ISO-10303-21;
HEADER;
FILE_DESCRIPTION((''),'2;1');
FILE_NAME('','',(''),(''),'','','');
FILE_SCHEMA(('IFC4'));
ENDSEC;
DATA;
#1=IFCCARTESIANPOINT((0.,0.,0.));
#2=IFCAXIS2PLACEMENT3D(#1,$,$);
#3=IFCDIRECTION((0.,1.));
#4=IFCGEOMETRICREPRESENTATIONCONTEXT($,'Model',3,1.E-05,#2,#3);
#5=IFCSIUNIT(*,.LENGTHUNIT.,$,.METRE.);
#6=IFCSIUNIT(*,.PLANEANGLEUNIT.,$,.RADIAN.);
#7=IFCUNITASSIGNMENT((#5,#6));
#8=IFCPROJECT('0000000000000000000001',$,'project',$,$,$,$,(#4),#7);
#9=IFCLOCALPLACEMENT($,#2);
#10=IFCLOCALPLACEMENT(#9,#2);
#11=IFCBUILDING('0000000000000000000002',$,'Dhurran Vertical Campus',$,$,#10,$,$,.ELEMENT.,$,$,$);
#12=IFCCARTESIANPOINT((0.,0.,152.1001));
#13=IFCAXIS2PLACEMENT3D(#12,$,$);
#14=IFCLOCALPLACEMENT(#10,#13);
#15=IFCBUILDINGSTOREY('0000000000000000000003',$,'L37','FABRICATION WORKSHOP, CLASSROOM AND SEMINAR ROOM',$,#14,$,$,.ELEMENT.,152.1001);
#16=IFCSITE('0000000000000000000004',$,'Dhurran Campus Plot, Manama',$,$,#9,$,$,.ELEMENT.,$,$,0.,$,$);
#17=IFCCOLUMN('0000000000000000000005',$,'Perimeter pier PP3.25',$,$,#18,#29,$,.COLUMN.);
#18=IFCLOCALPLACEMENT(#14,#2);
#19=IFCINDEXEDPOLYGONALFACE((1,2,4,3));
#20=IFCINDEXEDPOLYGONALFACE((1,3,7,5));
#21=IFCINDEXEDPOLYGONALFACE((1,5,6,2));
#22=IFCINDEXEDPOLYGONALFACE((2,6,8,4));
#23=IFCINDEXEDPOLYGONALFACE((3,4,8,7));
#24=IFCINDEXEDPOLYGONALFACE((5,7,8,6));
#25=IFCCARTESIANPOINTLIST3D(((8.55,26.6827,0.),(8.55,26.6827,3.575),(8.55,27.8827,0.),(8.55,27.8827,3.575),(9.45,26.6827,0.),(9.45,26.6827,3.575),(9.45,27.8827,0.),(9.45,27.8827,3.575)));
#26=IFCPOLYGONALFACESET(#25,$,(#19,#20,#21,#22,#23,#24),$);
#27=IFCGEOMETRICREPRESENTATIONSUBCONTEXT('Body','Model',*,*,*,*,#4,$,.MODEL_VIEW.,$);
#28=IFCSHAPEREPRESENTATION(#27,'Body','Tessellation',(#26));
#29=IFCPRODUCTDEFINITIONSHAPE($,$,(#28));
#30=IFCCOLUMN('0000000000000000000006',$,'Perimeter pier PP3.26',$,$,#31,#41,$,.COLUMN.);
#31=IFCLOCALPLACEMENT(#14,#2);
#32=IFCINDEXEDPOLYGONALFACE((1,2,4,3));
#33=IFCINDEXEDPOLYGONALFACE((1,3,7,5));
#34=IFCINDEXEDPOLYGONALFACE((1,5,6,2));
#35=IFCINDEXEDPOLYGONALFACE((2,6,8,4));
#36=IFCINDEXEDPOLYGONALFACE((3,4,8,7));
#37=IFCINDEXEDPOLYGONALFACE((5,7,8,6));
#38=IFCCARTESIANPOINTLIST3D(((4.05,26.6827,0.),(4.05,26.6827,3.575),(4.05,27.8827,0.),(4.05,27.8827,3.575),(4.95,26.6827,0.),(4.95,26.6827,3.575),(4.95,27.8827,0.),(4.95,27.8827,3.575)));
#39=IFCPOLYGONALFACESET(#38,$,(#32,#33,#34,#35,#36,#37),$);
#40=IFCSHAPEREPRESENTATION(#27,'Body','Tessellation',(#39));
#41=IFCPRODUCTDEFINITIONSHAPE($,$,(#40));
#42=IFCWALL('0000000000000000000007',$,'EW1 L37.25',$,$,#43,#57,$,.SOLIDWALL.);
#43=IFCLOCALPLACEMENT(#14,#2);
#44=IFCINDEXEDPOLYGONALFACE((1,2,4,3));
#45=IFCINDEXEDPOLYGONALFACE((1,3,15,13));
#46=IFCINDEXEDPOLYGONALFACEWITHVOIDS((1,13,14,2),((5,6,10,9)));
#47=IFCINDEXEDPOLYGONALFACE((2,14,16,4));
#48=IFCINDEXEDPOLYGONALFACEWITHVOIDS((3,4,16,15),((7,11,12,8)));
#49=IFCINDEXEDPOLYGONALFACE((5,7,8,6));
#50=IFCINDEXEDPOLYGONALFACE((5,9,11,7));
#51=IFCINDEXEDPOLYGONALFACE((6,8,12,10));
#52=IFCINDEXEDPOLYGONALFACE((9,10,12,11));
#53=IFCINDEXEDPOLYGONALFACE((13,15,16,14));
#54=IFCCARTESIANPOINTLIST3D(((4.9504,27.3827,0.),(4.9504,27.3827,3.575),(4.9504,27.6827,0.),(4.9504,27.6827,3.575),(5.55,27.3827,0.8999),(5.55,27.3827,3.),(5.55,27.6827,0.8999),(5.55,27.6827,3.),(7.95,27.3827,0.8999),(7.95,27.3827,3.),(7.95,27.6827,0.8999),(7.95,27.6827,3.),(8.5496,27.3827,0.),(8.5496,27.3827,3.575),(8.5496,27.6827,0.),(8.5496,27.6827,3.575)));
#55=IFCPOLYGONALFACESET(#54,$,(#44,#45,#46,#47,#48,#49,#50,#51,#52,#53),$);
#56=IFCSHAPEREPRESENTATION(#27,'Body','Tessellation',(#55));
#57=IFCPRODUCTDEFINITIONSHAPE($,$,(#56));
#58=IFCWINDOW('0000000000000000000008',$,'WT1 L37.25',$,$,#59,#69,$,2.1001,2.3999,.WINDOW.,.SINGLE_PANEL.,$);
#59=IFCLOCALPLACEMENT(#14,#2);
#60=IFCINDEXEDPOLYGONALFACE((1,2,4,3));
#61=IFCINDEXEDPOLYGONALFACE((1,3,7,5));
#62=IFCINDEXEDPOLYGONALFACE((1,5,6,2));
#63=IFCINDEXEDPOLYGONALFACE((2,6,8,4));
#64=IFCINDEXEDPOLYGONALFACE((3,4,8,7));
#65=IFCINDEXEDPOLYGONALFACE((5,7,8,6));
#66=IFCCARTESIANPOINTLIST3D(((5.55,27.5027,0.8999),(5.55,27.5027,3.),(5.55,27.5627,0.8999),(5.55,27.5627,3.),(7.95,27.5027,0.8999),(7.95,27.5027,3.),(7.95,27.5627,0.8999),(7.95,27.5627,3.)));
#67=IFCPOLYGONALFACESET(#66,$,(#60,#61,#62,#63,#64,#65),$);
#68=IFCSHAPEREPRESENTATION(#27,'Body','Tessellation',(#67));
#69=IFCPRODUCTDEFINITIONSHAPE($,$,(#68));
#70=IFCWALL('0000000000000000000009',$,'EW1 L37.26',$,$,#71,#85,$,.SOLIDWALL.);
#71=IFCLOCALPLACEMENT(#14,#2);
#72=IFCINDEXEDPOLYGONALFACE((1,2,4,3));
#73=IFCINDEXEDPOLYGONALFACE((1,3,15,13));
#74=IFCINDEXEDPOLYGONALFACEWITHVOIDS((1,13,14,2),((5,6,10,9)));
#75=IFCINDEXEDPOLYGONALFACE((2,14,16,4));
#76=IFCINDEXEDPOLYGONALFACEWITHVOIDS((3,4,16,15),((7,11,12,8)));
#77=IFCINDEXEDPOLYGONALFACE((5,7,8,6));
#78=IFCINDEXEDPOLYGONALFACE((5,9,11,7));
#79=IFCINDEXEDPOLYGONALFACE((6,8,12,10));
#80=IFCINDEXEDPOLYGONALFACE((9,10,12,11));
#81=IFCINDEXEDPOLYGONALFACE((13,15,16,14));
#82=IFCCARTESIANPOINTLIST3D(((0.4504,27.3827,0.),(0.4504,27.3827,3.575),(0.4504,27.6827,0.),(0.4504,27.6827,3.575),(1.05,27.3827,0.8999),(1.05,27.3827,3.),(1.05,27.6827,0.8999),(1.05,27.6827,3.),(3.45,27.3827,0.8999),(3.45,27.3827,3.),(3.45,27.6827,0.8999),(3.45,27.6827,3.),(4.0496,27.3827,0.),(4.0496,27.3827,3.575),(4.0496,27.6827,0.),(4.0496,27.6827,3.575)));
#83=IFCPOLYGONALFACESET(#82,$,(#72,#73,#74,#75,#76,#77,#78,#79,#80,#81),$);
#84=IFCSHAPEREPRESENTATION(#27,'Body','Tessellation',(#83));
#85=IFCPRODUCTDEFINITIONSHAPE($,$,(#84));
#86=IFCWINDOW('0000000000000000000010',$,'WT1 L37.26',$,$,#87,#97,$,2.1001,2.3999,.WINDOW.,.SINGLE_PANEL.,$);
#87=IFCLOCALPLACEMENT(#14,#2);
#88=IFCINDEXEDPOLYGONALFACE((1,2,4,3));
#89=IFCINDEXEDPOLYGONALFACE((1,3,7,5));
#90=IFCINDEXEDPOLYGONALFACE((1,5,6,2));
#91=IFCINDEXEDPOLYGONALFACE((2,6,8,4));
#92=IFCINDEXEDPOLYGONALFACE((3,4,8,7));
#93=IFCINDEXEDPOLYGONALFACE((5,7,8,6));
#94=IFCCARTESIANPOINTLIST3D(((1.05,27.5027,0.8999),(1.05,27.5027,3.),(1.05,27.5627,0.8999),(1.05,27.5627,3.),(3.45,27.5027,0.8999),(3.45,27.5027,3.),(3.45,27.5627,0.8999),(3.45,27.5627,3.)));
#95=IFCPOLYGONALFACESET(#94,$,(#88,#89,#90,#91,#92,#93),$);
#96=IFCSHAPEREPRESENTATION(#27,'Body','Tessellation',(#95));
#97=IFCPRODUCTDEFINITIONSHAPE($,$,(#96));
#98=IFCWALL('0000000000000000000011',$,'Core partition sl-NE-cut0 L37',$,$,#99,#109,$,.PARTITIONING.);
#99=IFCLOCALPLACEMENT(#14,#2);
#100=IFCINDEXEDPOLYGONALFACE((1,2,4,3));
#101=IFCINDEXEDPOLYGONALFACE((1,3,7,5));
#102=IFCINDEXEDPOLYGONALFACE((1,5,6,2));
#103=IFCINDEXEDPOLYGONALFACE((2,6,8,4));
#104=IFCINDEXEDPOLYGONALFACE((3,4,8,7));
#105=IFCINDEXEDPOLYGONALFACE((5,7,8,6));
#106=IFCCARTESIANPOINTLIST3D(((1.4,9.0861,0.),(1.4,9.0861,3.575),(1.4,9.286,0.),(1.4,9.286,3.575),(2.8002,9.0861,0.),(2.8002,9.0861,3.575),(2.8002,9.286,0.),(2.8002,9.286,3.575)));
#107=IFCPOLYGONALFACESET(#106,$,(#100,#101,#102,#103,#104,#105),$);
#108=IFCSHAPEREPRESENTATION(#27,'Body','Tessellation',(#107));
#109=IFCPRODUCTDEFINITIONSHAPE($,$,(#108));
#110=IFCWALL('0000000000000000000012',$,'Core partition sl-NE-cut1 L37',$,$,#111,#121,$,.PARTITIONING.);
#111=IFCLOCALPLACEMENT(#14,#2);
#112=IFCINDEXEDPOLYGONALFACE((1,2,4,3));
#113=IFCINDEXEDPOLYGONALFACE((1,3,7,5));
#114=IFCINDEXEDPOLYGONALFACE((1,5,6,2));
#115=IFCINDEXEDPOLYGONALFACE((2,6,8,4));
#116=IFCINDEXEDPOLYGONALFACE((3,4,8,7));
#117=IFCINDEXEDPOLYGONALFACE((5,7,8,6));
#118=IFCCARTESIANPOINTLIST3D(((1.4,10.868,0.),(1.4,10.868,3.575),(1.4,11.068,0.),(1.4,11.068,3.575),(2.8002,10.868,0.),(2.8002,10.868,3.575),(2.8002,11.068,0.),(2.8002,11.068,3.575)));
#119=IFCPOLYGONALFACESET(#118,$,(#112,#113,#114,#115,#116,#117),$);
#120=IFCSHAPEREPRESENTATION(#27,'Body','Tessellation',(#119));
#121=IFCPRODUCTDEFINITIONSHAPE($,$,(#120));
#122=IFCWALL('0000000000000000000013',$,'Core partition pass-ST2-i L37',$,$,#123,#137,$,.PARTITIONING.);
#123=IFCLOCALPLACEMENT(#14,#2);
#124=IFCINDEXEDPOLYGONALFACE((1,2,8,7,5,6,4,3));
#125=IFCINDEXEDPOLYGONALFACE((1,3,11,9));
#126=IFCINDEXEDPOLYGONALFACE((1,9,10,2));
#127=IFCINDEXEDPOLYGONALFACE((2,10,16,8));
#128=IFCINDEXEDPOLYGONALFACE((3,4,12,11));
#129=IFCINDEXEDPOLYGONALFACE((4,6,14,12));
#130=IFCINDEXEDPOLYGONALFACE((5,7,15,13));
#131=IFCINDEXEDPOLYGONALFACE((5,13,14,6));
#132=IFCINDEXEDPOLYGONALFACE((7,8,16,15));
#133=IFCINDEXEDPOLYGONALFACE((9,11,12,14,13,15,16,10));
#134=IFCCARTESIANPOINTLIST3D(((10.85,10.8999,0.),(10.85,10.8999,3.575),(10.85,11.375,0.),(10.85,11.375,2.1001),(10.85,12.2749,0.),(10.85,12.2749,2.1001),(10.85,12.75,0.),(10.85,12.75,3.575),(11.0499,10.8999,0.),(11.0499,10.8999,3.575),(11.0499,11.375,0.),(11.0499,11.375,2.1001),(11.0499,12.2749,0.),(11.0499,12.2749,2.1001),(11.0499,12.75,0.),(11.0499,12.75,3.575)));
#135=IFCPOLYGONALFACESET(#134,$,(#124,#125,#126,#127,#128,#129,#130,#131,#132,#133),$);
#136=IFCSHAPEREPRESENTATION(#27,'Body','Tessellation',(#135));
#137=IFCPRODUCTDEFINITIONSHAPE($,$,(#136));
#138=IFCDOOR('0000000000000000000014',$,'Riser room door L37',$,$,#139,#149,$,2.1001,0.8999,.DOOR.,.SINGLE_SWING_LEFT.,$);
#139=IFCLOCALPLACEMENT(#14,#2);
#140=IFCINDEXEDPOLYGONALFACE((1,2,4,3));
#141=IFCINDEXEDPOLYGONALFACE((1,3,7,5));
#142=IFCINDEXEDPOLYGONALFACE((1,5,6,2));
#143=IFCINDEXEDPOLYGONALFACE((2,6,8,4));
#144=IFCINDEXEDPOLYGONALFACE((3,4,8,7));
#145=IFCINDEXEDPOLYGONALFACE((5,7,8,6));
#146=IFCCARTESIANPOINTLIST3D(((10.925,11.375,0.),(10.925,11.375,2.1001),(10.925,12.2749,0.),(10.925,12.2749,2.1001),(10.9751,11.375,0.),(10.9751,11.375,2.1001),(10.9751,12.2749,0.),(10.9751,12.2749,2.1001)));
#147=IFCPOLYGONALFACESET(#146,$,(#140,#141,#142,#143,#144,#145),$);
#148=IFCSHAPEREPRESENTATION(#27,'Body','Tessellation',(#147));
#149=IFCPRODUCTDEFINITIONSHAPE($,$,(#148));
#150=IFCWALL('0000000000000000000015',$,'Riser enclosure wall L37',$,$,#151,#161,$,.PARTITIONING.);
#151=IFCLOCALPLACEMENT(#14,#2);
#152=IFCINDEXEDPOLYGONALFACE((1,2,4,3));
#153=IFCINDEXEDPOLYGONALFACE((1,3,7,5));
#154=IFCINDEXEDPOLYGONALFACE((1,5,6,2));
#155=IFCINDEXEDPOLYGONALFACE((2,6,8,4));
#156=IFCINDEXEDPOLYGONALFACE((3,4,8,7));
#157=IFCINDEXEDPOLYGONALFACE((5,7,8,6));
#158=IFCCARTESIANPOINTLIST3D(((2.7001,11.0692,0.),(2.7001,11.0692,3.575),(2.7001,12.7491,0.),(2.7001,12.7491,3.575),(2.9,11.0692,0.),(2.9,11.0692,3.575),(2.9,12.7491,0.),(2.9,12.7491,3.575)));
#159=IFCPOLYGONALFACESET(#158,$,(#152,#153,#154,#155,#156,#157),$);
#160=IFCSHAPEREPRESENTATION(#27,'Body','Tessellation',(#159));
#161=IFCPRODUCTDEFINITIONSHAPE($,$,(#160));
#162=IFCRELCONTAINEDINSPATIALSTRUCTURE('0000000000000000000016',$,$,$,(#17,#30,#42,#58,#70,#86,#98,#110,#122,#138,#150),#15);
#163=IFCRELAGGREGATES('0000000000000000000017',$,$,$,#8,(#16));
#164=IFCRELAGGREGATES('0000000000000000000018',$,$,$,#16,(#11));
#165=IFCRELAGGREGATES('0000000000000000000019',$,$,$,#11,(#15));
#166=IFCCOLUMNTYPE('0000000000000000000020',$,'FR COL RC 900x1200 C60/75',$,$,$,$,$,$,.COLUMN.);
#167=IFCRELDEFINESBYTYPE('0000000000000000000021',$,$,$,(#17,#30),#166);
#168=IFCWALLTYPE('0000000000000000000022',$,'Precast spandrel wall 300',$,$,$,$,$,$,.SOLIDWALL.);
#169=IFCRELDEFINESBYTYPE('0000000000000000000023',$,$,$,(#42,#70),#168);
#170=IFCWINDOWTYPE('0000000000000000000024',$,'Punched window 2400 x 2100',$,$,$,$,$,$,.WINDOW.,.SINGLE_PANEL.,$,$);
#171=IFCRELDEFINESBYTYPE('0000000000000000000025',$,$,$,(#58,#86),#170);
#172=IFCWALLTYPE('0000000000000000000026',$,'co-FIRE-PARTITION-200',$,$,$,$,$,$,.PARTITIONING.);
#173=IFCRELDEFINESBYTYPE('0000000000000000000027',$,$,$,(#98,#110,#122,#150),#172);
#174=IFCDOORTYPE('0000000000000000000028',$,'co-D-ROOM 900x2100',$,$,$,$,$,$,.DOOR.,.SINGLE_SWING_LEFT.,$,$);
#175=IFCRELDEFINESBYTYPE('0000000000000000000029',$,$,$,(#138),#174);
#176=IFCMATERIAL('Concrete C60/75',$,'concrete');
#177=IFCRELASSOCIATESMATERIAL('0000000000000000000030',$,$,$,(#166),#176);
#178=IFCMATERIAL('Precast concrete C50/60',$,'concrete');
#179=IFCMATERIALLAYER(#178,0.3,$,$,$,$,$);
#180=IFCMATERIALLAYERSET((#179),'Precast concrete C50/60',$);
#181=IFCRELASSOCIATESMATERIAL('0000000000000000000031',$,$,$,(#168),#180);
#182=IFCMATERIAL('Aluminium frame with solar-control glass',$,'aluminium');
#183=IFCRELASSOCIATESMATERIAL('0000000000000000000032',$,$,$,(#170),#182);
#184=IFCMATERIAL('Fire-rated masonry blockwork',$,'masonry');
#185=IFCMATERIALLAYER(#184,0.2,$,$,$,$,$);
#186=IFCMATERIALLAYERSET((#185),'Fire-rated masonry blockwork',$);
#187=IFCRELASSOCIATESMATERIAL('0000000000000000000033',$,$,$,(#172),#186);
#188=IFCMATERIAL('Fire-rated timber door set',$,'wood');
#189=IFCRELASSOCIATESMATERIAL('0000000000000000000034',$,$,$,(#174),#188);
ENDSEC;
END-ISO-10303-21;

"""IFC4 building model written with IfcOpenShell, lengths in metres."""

from ifc_helpers import new_model, si_unit, direction, frame, frame_2d, origin, origin_2d, place, context, subcontext, project, spatial, rectangle, extrude, material, layer, layer_set, material_profile, profile_set, type_object, element, fill, save


model = new_model("IFC4")

# Units and contexts
model_context = context("Model", 3, precision=1e-05, world=origin(), true_north=direction((0.0, 1.0)))
body_context = subcontext(model_context, "Body", "Model", "MODEL_VIEW")
ifc_project = project(units=[si_unit("LENGTHUNIT", "METRE"), si_unit("PLANEANGLEUNIT", "RADIAN")], contexts=[model_context])

# Site, building, storey
site_placement = place(None, origin())
site = spatial("IfcSite", under=ifc_project, at=site_placement, Name="Dhurran Campus Plot, Manama", CompositionType="ELEMENT", RefElevation=0.0)
building_placement = place(site_placement, origin())
building = spatial("IfcBuilding", under=site, at=building_placement, Name="Dhurran Vertical Campus", CompositionType="ELEMENT")
storey_placement = place(building_placement, frame((0.0, 0.0, 152.1001)))
storey = spatial("IfcBuildingStorey", under=building, at=storey_placement, Name="L37", Description="FABRICATION WORKSHOP, CLASSROOM AND SEMINAR ROOM", CompositionType="ELEMENT", Elevation=152.1001)

# Columns
ifc_material_1 = material(Name="Concrete C60/75", Category="concrete")
ifc_material_profile = material_profile(ifc_material_1, rectangle(XDim=0.8999, YDim=1.2, at=origin_2d()), Name="RC 900x1200")
ifc_profile_set = profile_set([ifc_material_profile], Name="Concrete C60/75")
column_type = type_object("IfcColumnType", Name="FR COL RC 900x1200 C60/75", PredefinedType="COLUMN", material=ifc_profile_set)
for number, where, z_axis, x_axis, name in (
    (1, (9.0, 27.2827, 0.0), (0.0, 0.0, 1.0), (-1.0, 0.0, 0.0), "Perimeter pier PP3.25"),
    (2, (4.5, 27.2827, 0.0), (0.0, 0.0, 1.0), (-1.0, 0.0, 0.0), "Perimeter pier PP3.26"),
):
    element("IfcColumn", number, at=place(storey_placement, frame(where, z_axis=z_axis, x_axis=x_axis)), inside=storey, type_object=column_type, Name=name, PredefinedType="COLUMN", context=body_context, shape_type="SweptSolid", body=[
        extrude(rectangle(XDim=0.8999, YDim=1.2, at=origin_2d()), origin(), (0.0, 0.0, 1.0), 3.575),
    ])

# Walls, openings, windows
ifc_material_2 = material(Name="Precast concrete C50/60", Category="concrete")
ifc_layer_1 = layer(ifc_material_2, 0.3)
ifc_layer_set_1 = layer_set([ifc_layer_1], Name="Precast concrete C50/60")
wall_type_1 = type_object("IfcWallType", Name="Precast spandrel wall 300", PredefinedType="SOLIDWALL", material=ifc_layer_set_1)
wall_1_placement = place(storey_placement, frame((8.5496, 27.5327, 0.0), z_axis=(0.0, 0.0, 1.0), x_axis=(-1.0, 0.0, 0.0)))
wall_1 = element("IfcWall", 3, at=wall_1_placement, inside=storey, type_object=wall_type_1, Name="EW1 L37.25", PredefinedType="SOLIDWALL", context=body_context, shape_type="SweptSolid", body=[
    extrude(rectangle(XDim=3.5991, YDim=0.3, at=frame_2d((1.7996, 0.0))), origin(), (0.0, 0.0, 1.0), 3.575),
])
opening_1_placement = place(wall_1_placement, frame((0.5996, 0.0, 0.8999)))
opening_1 = element("IfcOpeningElement", 4, at=opening_1_placement, cuts=wall_1, PredefinedType="OPENING", context=body_context, shape_type="SweptSolid", body=[
    extrude(rectangle(XDim=2.3999, YDim=2.1001, at=frame_2d((1.2, 1.05))), frame((0.0, 0.1599, 0.0), z_axis=(0.0, -1.0, 0.0), x_axis=(1.0, 0.0, 0.0)), (0.0, 0.0, 1.0), 0.3201),
])
ifc_material_3 = material(Name="Aluminium frame with solar-control glass", Category="aluminium")
window_type = type_object("IfcWindowType", Name="Punched window 2400 x 2100", PartitioningType="SINGLE_PANEL", PredefinedType="WINDOW", material=ifc_material_3)
window_1_placement = place(opening_1_placement, origin())
window_1 = element("IfcWindow", 5, at=window_1_placement, inside=storey, type_object=window_type, Name="WT1 L37.25", OverallHeight=2.1001, OverallWidth=2.3999, PartitioningType="SINGLE_PANEL", PredefinedType="WINDOW", context=body_context, shape_type="SweptSolid", body=[
    extrude(rectangle(XDim=2.3999, YDim=2.1001, at=frame_2d((1.2, 1.05))), frame((0.0, 0.03, 0.0), z_axis=(0.0, -1.0, 0.0), x_axis=(1.0, 0.0, 0.0)), (0.0, 0.0, 1.0), 0.0601),
])
fill(opening_1, window_1)
wall_2_placement = place(storey_placement, frame((4.0496, 27.5327, 0.0), z_axis=(0.0, 0.0, 1.0), x_axis=(-1.0, 0.0, 0.0)))
wall_2 = element("IfcWall", 6, at=wall_2_placement, inside=storey, type_object=wall_type_1, Name="EW1 L37.26", PredefinedType="SOLIDWALL", context=body_context, shape_type="SweptSolid", body=[
    extrude(rectangle(XDim=3.5991, YDim=0.3, at=frame_2d((1.7996, 0.0))), origin(), (0.0, 0.0, 1.0), 3.575),
])
opening_2_placement = place(wall_2_placement, frame((0.5996, 0.0, 0.8999)))
opening_2 = element("IfcOpeningElement", 7, at=opening_2_placement, cuts=wall_2, PredefinedType="OPENING", context=body_context, shape_type="SweptSolid", body=[
    extrude(rectangle(XDim=2.3999, YDim=2.1001, at=frame_2d((1.2, 1.05))), frame((0.0, 0.1599, 0.0), z_axis=(0.0, -1.0, 0.0), x_axis=(1.0, 0.0, 0.0)), (0.0, 0.0, 1.0), 0.3201),
])
window_2_placement = place(opening_2_placement, origin())
window_2 = element("IfcWindow", 8, at=window_2_placement, inside=storey, type_object=window_type, Name="WT1 L37.26", OverallHeight=2.1001, OverallWidth=2.3999, PartitioningType="SINGLE_PANEL", PredefinedType="WINDOW", context=body_context, shape_type="SweptSolid", body=[
    extrude(rectangle(XDim=2.3999, YDim=2.1001, at=frame_2d((1.2, 1.05))), frame((0.0, 0.03, 0.0), z_axis=(0.0, -1.0, 0.0), x_axis=(1.0, 0.0, 0.0)), (0.0, 0.0, 1.0), 0.0601),
])
fill(opening_2, window_2)

# Walls
ifc_material_4 = material(Name="Fire-rated masonry blockwork", Category="masonry")
ifc_layer_2 = layer(ifc_material_4, 0.2)
ifc_layer_set_2 = layer_set([ifc_layer_2], Name="Fire-rated masonry blockwork")
wall_type_2 = type_object("IfcWallType", Name="co-FIRE-PARTITION-200", PredefinedType="PARTITIONING", material=ifc_layer_set_2)
for number, where, z_axis, x_axis, name in (
    (9, (1.3999, 9.186, 0.0), (0.0, 0.0, 1.0), (1.0, 0.0, 0.0), "Core partition sl-NE-cut0 L37"),
    (10, (1.3999, 10.968, 0.0), (0.0, 0.0, 1.0), (1.0, 0.0, 0.0), "Core partition sl-NE-cut1 L37"),
):
    element("IfcWall", number, at=place(storey_placement, frame(where, z_axis=z_axis, x_axis=x_axis)), inside=storey, type_object=wall_type_2, Name=name, PredefinedType="PARTITIONING", context=body_context, shape_type="SweptSolid", body=[
        extrude(rectangle(XDim=1.4001, YDim=0.2, at=frame_2d((0.7002, 0.0))), origin(), (0.0, 0.0, 1.0), 3.575),
    ])

# Wall, opening, door
wall_3_placement = place(storey_placement, frame((10.95, 10.8999, 0.0), z_axis=(0.0, 0.0, 1.0), x_axis=(0.0, 1.0, 0.0)))
wall_3 = element("IfcWall", 11, at=wall_3_placement, inside=storey, type_object=wall_type_2, Name="Core partition pass-ST2-i L37", PredefinedType="PARTITIONING", context=body_context, shape_type="SweptSolid", body=[
    extrude(rectangle(XDim=1.8501, YDim=0.2, at=frame_2d((0.925, 0.0))), origin(), (0.0, 0.0, 1.0), 3.575),
])
opening_3_placement = place(wall_3_placement, frame((0.4751, 0.0, 0.0)))
opening_3 = element("IfcOpeningElement", 12, at=opening_3_placement, cuts=wall_3, PredefinedType="OPENING", context=body_context, shape_type="SweptSolid", body=[
    extrude(rectangle(XDim=0.8999, YDim=2.1001, at=frame_2d((0.45, 1.05))), frame((0.0, 0.1099, 0.0), z_axis=(0.0, -1.0, 0.0), x_axis=(1.0, 0.0, 0.0)), (0.0, 0.0, 1.0), 0.22),
])
ifc_material_5 = material(Name="Fire-rated timber door set", Category="wood")
door_type_1 = type_object("IfcDoorType", Name="co-D-ROOM 900x2100", OperationType="SINGLE_SWING_LEFT", PredefinedType="DOOR", material=ifc_material_5)
door_1_placement = place(opening_3_placement, origin())
door_1 = element("IfcDoor", 13, at=door_1_placement, inside=storey, type_object=door_type_1, Name="Riser room door L37", OperationType="SINGLE_SWING_LEFT", OverallHeight=2.1001, OverallWidth=0.8999, PredefinedType="DOOR", context=body_context, shape_type="SweptSolid", body=[
    extrude(rectangle(XDim=0.8999, YDim=2.1001, at=frame_2d((0.45, 1.05))), frame((0.0, 0.0249, 0.0), z_axis=(0.0, -1.0, 0.0), x_axis=(1.0, 0.0, 0.0)), (0.0, 0.0, 1.0), 0.05),
])
fill(opening_3, door_1)

# Wall
wall_4_placement = place(storey_placement, frame((2.8, 12.749, 0.0), z_axis=(0.0, 0.0, 1.0), x_axis=(0.0, -1.0, 0.0)))
element("IfcWall", 14, at=wall_4_placement, inside=storey, type_object=wall_type_2, Name="Riser enclosure wall L37", PredefinedType="PARTITIONING", context=body_context, shape_type="SweptSolid", body=[
    extrude(rectangle(XDim=1.6799, YDim=0.2, at=frame_2d((0.8398, 0.0))), origin(), (0.0, 0.0, 1.0), 3.575),
])

save(model, "model.ifc")
